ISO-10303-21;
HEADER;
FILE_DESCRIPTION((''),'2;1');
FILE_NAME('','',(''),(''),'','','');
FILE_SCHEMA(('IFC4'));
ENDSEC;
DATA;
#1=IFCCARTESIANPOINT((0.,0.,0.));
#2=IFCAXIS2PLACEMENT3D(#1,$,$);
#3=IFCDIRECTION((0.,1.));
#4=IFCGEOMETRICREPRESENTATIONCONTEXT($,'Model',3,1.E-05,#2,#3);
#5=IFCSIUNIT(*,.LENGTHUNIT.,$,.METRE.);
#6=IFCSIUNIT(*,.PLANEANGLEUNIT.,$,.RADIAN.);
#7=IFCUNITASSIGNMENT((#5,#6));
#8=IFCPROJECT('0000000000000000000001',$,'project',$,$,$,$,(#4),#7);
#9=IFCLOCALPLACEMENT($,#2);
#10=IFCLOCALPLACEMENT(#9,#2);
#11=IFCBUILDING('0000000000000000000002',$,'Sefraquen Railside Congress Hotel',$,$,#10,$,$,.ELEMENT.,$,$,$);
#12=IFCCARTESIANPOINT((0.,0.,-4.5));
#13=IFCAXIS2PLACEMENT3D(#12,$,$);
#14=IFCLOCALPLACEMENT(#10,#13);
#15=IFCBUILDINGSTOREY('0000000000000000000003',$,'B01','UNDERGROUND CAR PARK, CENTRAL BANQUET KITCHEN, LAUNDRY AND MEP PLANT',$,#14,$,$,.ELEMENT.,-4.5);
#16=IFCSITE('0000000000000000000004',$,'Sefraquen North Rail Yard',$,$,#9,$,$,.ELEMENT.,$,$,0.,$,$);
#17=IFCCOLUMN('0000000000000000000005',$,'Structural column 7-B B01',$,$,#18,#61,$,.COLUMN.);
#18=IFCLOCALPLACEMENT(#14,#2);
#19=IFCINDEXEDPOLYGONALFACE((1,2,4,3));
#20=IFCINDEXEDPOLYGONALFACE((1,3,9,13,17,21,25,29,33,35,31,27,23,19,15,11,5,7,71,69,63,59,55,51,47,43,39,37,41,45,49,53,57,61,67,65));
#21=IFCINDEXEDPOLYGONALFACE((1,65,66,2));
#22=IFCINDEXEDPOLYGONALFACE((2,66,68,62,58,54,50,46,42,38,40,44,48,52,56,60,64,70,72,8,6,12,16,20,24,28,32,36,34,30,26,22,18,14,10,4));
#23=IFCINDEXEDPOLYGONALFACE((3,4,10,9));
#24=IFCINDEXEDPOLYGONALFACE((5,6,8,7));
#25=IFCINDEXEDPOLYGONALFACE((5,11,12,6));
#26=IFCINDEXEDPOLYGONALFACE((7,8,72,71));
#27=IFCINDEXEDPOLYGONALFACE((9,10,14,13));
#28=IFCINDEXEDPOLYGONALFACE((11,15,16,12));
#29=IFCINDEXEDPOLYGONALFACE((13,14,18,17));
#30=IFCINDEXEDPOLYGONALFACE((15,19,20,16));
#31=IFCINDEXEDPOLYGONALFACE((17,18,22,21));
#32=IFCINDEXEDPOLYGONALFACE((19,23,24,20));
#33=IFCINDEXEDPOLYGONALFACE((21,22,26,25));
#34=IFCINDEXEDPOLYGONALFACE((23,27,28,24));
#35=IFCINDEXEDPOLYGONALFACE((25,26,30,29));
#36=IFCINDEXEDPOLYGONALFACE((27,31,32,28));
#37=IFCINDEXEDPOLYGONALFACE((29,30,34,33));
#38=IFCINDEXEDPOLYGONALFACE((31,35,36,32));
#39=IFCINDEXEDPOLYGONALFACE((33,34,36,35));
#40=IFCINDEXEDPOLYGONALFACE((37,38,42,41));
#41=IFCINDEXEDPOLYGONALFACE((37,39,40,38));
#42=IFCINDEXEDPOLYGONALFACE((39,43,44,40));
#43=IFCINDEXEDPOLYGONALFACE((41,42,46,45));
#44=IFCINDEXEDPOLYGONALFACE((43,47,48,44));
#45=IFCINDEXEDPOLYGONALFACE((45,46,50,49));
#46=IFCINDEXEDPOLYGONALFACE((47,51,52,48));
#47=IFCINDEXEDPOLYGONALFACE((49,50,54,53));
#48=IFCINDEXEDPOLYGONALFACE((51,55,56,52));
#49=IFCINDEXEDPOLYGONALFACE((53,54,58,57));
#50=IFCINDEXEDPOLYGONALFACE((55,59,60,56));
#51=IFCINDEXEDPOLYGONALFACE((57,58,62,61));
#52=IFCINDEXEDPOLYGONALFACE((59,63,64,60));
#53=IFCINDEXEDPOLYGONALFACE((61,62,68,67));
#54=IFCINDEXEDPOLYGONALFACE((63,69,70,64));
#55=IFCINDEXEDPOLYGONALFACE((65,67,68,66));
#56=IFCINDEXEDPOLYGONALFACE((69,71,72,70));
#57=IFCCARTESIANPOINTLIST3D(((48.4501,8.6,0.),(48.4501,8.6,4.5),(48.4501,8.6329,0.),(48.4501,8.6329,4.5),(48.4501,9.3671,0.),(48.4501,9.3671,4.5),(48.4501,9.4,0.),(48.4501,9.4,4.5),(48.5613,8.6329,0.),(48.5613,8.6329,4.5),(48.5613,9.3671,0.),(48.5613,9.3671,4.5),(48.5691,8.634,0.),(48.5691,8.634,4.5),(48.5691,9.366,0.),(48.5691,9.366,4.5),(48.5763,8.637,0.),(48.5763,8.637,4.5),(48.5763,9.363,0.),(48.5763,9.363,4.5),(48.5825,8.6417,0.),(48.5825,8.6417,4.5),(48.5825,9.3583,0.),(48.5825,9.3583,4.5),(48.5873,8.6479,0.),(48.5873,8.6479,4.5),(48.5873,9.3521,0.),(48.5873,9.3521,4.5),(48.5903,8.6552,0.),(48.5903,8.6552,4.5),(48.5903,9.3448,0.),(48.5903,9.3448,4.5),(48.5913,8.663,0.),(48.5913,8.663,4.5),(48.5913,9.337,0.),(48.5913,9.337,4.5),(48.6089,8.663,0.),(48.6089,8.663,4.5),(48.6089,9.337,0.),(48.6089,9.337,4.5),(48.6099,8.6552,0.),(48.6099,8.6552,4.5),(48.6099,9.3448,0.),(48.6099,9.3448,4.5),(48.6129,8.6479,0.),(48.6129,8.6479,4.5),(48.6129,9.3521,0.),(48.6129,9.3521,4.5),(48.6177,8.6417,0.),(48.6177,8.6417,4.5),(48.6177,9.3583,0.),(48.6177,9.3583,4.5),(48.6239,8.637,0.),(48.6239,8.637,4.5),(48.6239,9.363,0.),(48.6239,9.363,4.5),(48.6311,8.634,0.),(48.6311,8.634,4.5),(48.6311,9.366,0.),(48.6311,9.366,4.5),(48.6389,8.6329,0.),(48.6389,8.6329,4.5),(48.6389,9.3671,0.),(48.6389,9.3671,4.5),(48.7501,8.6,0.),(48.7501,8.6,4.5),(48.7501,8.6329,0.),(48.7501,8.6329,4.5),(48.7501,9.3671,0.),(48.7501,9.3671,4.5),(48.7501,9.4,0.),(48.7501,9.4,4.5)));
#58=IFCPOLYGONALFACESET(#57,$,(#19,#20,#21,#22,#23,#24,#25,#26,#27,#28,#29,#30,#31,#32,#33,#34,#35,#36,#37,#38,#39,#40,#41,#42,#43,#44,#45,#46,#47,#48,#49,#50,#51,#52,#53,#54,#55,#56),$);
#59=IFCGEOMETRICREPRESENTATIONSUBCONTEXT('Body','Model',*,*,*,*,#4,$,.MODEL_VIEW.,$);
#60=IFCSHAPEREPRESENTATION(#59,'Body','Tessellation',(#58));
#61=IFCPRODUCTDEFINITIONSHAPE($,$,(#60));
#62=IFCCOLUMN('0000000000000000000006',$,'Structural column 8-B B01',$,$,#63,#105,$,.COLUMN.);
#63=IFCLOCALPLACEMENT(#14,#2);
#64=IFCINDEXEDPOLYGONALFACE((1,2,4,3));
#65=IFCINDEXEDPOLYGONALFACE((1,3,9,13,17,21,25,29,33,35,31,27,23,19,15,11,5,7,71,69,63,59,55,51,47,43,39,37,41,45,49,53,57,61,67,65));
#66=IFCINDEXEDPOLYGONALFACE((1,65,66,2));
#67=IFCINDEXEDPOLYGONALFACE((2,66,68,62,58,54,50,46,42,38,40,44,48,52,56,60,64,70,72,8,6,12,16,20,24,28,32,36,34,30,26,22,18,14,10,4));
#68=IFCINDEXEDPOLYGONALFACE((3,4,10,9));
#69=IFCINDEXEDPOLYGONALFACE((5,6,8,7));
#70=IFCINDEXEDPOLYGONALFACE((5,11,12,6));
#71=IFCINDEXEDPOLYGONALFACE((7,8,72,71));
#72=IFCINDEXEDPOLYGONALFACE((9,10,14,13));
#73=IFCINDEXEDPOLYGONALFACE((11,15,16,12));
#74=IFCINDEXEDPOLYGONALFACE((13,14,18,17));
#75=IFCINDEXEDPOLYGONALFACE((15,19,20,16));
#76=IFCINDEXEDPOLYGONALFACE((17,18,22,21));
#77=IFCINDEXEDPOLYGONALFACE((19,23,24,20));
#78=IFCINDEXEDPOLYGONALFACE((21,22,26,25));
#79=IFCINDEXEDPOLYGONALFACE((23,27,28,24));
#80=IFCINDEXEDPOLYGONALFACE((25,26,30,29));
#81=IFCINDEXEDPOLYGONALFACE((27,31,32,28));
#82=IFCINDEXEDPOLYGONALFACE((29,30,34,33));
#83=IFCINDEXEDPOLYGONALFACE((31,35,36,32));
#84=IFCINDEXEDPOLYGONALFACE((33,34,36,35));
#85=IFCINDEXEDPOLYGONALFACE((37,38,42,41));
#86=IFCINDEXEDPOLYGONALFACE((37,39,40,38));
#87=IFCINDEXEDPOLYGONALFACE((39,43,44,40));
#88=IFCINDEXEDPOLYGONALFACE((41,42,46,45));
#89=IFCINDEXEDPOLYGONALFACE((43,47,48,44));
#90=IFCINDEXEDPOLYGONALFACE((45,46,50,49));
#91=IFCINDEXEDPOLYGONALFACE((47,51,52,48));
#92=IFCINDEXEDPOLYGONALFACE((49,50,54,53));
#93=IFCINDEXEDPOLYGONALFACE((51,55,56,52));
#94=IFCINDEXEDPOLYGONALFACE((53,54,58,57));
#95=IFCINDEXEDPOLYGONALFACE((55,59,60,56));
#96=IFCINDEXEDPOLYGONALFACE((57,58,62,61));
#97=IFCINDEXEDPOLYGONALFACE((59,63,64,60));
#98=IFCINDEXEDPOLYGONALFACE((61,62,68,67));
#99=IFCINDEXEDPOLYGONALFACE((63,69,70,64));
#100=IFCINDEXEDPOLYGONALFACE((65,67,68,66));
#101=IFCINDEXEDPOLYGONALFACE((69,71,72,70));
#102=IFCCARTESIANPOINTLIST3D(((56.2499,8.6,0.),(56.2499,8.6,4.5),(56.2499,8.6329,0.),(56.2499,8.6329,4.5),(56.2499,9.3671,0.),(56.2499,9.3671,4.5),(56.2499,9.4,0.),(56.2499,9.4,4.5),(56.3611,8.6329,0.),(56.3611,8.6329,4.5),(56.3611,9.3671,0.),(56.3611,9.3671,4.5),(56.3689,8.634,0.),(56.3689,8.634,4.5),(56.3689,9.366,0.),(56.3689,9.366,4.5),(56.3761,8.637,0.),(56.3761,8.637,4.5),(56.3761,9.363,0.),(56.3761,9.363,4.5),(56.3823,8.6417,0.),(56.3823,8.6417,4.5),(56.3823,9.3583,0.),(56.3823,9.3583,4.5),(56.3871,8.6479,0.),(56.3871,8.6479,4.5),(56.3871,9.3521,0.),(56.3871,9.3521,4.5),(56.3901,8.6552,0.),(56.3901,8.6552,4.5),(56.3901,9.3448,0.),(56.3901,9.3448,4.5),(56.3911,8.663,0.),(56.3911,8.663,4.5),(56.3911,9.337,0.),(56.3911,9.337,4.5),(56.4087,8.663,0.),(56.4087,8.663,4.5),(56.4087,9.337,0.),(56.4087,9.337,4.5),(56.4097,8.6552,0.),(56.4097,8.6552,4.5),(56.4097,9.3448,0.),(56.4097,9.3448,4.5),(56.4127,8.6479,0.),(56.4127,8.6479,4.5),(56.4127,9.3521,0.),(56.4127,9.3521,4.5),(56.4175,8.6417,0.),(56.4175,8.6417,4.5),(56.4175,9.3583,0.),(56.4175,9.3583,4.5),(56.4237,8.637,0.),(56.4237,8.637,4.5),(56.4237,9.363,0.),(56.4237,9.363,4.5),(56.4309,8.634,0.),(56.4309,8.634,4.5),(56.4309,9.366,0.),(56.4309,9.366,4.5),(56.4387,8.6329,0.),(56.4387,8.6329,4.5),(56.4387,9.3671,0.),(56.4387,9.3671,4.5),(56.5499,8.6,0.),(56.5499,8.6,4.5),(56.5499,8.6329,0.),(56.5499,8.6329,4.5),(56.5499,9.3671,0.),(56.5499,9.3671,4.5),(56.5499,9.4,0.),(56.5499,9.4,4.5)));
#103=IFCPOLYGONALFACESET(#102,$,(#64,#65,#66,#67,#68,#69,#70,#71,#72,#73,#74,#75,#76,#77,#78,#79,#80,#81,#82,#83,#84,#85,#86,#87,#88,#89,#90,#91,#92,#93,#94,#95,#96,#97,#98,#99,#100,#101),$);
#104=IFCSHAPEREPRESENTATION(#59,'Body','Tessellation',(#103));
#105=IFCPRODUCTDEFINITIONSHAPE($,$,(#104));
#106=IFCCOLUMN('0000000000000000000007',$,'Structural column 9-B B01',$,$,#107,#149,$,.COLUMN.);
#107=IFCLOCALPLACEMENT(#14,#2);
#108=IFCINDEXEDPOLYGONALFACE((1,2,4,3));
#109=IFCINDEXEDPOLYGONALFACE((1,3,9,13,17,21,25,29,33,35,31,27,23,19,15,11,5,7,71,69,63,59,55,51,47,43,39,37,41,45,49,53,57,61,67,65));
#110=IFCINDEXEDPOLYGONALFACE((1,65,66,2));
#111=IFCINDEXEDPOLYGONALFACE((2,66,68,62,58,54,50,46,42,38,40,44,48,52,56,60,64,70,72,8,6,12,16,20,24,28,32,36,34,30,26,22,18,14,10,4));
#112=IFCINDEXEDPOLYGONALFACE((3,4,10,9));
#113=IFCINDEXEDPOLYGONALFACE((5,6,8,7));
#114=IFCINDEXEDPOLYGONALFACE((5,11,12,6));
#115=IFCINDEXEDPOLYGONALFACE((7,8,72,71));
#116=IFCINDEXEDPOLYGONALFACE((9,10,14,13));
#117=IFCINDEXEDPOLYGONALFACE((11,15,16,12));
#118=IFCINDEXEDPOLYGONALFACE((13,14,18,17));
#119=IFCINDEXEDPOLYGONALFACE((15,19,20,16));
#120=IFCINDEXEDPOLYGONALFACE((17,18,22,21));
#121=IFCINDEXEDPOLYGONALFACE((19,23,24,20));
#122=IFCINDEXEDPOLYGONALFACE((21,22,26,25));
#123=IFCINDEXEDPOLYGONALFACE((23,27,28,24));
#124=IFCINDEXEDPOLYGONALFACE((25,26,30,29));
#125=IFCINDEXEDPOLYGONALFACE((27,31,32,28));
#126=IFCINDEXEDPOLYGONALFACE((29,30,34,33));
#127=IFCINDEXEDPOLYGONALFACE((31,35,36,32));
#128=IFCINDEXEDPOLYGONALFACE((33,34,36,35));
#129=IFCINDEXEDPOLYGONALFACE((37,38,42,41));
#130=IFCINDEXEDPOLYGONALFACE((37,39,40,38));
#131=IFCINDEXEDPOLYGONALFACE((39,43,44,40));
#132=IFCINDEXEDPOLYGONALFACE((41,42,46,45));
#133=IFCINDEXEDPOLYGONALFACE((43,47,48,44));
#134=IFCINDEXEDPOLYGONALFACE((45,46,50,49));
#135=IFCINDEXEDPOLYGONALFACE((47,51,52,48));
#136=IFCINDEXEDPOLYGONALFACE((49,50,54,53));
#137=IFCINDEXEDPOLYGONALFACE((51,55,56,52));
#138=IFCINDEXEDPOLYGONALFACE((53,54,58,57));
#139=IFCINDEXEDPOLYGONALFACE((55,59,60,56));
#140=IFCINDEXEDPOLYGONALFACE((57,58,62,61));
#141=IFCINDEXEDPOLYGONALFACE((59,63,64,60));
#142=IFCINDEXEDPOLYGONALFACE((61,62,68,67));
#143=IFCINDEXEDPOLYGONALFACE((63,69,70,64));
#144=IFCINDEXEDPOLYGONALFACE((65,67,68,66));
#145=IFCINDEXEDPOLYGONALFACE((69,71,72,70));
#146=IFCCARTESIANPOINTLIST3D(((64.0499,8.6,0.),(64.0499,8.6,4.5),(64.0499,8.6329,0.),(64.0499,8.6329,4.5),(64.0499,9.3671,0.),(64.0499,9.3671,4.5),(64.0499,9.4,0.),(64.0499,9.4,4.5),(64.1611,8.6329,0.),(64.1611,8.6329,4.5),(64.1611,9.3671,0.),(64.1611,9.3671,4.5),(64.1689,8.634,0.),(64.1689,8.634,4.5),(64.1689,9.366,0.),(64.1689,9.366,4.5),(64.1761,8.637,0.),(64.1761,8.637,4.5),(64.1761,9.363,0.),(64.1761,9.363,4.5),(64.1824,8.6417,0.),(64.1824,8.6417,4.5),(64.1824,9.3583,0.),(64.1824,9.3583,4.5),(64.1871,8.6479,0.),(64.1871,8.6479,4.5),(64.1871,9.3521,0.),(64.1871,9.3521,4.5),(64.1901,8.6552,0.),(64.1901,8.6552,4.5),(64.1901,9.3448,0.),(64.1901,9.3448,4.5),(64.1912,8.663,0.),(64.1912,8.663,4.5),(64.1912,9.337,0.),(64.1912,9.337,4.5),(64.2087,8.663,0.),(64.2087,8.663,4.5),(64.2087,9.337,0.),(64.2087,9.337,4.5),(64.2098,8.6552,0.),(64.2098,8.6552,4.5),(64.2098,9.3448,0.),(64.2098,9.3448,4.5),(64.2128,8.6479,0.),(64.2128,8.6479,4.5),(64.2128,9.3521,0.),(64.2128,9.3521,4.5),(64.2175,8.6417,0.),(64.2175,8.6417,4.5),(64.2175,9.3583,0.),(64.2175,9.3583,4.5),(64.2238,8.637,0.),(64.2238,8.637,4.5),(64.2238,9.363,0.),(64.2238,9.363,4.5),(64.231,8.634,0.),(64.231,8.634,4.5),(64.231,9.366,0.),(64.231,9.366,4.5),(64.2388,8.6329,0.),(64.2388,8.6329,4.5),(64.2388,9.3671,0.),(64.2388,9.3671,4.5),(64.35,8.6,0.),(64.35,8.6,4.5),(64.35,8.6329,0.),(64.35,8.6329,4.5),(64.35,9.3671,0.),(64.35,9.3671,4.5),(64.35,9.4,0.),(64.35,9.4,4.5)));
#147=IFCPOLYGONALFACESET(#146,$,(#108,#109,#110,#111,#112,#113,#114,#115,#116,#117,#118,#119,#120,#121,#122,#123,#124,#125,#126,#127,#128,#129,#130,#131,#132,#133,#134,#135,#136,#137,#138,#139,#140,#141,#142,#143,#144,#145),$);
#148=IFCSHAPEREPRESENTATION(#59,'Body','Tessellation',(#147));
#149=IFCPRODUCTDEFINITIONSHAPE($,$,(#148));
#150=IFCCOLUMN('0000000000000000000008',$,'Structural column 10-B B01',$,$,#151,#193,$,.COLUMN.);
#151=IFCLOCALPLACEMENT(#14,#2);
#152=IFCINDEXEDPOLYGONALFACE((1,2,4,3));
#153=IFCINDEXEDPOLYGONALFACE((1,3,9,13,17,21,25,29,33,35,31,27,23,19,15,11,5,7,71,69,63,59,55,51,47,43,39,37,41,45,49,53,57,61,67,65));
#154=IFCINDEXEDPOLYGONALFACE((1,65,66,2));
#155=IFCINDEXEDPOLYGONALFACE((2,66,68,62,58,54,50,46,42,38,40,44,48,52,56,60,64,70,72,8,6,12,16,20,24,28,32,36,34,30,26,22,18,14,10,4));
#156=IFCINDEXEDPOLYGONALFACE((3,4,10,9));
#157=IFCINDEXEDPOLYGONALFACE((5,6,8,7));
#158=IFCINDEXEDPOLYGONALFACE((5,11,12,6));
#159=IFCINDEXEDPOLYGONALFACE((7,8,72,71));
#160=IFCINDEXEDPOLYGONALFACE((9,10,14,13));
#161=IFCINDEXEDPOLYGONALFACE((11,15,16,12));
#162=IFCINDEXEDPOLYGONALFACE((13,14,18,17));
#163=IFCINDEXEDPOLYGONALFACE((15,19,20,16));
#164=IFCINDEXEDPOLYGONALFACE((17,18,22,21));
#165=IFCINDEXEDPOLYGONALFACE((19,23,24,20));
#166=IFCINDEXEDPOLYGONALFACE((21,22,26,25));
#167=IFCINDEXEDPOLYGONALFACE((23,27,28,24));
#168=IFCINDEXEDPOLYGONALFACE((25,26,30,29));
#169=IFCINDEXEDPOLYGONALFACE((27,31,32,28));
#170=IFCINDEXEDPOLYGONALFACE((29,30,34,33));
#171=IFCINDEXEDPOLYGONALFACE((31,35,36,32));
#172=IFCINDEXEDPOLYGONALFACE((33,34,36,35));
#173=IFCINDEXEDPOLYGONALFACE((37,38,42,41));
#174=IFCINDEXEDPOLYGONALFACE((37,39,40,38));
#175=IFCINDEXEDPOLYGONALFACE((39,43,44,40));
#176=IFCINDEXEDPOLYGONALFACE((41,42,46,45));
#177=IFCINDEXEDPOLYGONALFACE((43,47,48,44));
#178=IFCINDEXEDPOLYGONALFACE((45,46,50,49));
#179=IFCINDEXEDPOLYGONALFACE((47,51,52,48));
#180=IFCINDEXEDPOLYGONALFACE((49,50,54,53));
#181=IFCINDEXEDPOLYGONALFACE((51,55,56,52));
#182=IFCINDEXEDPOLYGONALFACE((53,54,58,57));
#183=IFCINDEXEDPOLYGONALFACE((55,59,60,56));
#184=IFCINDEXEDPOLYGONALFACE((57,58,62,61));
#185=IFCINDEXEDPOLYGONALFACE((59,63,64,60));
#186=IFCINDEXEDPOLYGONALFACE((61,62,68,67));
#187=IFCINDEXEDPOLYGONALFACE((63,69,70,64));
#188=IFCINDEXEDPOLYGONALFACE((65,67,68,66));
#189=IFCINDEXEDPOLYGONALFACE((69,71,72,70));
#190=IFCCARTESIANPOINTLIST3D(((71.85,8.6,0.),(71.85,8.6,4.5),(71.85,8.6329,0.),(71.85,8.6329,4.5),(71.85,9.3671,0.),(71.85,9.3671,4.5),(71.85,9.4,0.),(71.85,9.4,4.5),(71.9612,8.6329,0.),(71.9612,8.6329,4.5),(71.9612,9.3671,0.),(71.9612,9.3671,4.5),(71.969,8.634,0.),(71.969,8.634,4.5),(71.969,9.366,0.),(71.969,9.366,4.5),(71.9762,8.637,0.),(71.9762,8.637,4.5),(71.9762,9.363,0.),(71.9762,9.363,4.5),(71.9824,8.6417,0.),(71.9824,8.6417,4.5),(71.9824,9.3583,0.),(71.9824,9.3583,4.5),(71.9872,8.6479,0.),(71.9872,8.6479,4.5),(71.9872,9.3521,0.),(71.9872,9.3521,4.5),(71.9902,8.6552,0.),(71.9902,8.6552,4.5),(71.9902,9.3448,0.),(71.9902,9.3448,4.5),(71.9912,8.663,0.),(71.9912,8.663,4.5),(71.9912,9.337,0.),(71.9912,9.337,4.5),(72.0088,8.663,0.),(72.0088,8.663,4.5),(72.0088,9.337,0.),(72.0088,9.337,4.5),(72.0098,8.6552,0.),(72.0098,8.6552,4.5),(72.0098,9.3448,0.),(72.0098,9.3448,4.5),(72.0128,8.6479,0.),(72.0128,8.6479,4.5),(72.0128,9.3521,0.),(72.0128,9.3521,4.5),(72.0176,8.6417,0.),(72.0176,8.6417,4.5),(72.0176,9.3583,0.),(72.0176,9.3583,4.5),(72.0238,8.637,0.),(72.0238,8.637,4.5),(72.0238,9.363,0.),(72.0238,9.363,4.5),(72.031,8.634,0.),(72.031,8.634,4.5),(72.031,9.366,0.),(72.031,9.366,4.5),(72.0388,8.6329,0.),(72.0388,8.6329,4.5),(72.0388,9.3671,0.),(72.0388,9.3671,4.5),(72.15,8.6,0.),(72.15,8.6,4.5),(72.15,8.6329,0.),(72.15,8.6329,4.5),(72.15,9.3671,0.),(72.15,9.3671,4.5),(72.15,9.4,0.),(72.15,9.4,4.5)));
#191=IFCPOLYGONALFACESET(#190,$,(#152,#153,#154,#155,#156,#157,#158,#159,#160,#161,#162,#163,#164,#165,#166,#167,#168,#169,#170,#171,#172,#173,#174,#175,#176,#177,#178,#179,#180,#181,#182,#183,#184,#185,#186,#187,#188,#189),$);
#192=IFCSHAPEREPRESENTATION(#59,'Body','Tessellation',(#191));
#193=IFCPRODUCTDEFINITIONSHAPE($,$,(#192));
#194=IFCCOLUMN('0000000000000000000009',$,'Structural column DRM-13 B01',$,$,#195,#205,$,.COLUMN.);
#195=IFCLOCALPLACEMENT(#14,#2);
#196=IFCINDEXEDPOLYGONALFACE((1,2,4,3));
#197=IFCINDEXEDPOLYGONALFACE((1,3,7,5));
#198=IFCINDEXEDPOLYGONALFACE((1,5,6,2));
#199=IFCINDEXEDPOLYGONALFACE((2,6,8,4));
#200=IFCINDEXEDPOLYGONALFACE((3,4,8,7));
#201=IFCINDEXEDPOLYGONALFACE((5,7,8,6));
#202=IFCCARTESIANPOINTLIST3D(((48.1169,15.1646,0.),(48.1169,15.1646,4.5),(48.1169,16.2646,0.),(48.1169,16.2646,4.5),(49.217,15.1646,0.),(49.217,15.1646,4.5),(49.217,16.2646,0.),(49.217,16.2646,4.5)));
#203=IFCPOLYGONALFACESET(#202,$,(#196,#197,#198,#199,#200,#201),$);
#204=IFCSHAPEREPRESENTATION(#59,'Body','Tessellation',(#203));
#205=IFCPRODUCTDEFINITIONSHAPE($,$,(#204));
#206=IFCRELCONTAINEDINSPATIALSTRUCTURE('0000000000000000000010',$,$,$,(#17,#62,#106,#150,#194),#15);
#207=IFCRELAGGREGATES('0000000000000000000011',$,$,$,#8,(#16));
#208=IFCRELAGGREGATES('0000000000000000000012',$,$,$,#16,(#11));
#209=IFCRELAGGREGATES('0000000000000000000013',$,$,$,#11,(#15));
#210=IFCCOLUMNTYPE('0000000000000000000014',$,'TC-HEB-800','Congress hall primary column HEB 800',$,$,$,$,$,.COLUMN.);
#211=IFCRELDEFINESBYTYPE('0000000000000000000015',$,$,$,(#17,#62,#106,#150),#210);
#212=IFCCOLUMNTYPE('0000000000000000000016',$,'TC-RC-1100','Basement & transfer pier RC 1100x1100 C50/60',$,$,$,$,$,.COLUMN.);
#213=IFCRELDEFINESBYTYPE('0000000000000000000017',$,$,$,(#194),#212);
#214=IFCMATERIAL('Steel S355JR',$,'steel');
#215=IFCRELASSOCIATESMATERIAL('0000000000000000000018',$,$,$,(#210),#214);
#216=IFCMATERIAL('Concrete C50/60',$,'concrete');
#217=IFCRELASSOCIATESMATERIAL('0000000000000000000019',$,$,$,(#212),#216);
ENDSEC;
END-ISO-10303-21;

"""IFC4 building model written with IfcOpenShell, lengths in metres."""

from ifc_helpers import new_model, si_unit, direction, frame, origin, origin_2d, place, context, subcontext, project, spatial, rectangle, i_section, extrude, material, material_profile, profile_set, type_object, element, save


model = new_model("IFC4")

# Units and contexts
model_context = context("Model", 3, precision=1e-05, world=origin(), true_north=direction((0.0, 1.0)))
body_context = subcontext(model_context, "Body", "Model", "MODEL_VIEW")
ifc_project = project(units=[si_unit("LENGTHUNIT", "METRE"), si_unit("PLANEANGLEUNIT", "RADIAN")], contexts=[model_context])

# Site, building, storey
site_placement = place(None, origin())
site = spatial("IfcSite", under=ifc_project, at=site_placement, Name="Sefraquen North Rail Yard", CompositionType="ELEMENT", RefElevation=0.0)
building_placement = place(site_placement, origin())
building = spatial("IfcBuilding", under=site, at=building_placement, Name="Sefraquen Railside Congress Hotel", CompositionType="ELEMENT")
storey_placement = place(building_placement, frame((0.0, 0.0, -4.5)))
storey = spatial("IfcBuildingStorey", under=building, at=storey_placement, Name="B01", Description="UNDERGROUND CAR PARK, CENTRAL BANQUET KITCHEN, LAUNDRY AND MEP PLANT", CompositionType="ELEMENT", Elevation=-4.5)

# Columns
ifc_material_1 = material(Name="Steel S355JR", Category="steel")
ifc_material_profile_1 = material_profile(ifc_material_1, i_section(OverallWidth=0.3, OverallDepth=0.8, WebThickness=0.0176, FlangeThickness=0.033, FilletRadius=0.03, at=origin_2d()), Name="HEB 800")
ifc_profile_set_1 = profile_set([ifc_material_profile_1], Name="Steel S355JR")
column_type_1 = type_object("IfcColumnType", Name="TC-HEB-800", Description="Congress hall primary column HEB 800", PredefinedType="COLUMN", material=ifc_profile_set_1)
for number, where, z_axis, x_axis, name in (
    (1, (48.6001, 9.0, 0.0), (0.0, 0.0, 1.0), (1.0, 0.0, 0.0), "Structural column 7-B B01"),
    (2, (56.3999, 9.0, 0.0), (0.0, 0.0, 1.0), (1.0, 0.0, 0.0), "Structural column 8-B B01"),
    (3, (64.2, 9.0, 0.0), (0.0, 0.0, 1.0), (1.0, 0.0, 0.0), "Structural column 9-B B01"),
    (4, (72.0, 9.0, 0.0), (0.0, 0.0, 1.0), (1.0, 0.0, 0.0), "Structural column 10-B B01"),
):
    element("IfcColumn", number, at=place(storey_placement, frame(where, z_axis=z_axis, x_axis=x_axis)), inside=storey, type_object=column_type_1, Name=name, PredefinedType="COLUMN", context=body_context, shape_type="SweptSolid", body=[
        extrude(i_section(OverallWidth=0.3, OverallDepth=0.8, WebThickness=0.0176, FlangeThickness=0.033, FilletRadius=0.03, at=origin_2d()), origin(), (0.0, 0.0, 1.0), 4.5),
    ])
ifc_material_2 = material(Name="Concrete C50/60", Category="concrete")
ifc_material_profile_2 = material_profile(ifc_material_2, rectangle(XDim=1.1001, YDim=1.1001, at=origin_2d()), Name="RC 1100x1100")
ifc_profile_set_2 = profile_set([ifc_material_profile_2], Name="Concrete C50/60")
column_type_2 = type_object("IfcColumnType", Name="TC-RC-1100", Description="Basement & transfer pier RC 1100x1100 C50/60", PredefinedType="COLUMN", material=ifc_profile_set_2)
for number, where, z_axis, x_axis, name in (
    (5, (48.667, 15.7146, 0.0), (0.0, 0.0, 1.0), (1.0, 0.0, 0.0), "Structural column DRM-13 B01"),
):
    element("IfcColumn", number, at=place(storey_placement, frame(where, z_axis=z_axis, x_axis=x_axis)), inside=storey, type_object=column_type_2, Name=name, PredefinedType="COLUMN", context=body_context, shape_type="SweptSolid", body=[
        extrude(rectangle(XDim=1.1001, YDim=1.1001, at=origin_2d()), origin(), (0.0, 0.0, 1.0), 4.5),
    ])

save(model, "model.ifc")
